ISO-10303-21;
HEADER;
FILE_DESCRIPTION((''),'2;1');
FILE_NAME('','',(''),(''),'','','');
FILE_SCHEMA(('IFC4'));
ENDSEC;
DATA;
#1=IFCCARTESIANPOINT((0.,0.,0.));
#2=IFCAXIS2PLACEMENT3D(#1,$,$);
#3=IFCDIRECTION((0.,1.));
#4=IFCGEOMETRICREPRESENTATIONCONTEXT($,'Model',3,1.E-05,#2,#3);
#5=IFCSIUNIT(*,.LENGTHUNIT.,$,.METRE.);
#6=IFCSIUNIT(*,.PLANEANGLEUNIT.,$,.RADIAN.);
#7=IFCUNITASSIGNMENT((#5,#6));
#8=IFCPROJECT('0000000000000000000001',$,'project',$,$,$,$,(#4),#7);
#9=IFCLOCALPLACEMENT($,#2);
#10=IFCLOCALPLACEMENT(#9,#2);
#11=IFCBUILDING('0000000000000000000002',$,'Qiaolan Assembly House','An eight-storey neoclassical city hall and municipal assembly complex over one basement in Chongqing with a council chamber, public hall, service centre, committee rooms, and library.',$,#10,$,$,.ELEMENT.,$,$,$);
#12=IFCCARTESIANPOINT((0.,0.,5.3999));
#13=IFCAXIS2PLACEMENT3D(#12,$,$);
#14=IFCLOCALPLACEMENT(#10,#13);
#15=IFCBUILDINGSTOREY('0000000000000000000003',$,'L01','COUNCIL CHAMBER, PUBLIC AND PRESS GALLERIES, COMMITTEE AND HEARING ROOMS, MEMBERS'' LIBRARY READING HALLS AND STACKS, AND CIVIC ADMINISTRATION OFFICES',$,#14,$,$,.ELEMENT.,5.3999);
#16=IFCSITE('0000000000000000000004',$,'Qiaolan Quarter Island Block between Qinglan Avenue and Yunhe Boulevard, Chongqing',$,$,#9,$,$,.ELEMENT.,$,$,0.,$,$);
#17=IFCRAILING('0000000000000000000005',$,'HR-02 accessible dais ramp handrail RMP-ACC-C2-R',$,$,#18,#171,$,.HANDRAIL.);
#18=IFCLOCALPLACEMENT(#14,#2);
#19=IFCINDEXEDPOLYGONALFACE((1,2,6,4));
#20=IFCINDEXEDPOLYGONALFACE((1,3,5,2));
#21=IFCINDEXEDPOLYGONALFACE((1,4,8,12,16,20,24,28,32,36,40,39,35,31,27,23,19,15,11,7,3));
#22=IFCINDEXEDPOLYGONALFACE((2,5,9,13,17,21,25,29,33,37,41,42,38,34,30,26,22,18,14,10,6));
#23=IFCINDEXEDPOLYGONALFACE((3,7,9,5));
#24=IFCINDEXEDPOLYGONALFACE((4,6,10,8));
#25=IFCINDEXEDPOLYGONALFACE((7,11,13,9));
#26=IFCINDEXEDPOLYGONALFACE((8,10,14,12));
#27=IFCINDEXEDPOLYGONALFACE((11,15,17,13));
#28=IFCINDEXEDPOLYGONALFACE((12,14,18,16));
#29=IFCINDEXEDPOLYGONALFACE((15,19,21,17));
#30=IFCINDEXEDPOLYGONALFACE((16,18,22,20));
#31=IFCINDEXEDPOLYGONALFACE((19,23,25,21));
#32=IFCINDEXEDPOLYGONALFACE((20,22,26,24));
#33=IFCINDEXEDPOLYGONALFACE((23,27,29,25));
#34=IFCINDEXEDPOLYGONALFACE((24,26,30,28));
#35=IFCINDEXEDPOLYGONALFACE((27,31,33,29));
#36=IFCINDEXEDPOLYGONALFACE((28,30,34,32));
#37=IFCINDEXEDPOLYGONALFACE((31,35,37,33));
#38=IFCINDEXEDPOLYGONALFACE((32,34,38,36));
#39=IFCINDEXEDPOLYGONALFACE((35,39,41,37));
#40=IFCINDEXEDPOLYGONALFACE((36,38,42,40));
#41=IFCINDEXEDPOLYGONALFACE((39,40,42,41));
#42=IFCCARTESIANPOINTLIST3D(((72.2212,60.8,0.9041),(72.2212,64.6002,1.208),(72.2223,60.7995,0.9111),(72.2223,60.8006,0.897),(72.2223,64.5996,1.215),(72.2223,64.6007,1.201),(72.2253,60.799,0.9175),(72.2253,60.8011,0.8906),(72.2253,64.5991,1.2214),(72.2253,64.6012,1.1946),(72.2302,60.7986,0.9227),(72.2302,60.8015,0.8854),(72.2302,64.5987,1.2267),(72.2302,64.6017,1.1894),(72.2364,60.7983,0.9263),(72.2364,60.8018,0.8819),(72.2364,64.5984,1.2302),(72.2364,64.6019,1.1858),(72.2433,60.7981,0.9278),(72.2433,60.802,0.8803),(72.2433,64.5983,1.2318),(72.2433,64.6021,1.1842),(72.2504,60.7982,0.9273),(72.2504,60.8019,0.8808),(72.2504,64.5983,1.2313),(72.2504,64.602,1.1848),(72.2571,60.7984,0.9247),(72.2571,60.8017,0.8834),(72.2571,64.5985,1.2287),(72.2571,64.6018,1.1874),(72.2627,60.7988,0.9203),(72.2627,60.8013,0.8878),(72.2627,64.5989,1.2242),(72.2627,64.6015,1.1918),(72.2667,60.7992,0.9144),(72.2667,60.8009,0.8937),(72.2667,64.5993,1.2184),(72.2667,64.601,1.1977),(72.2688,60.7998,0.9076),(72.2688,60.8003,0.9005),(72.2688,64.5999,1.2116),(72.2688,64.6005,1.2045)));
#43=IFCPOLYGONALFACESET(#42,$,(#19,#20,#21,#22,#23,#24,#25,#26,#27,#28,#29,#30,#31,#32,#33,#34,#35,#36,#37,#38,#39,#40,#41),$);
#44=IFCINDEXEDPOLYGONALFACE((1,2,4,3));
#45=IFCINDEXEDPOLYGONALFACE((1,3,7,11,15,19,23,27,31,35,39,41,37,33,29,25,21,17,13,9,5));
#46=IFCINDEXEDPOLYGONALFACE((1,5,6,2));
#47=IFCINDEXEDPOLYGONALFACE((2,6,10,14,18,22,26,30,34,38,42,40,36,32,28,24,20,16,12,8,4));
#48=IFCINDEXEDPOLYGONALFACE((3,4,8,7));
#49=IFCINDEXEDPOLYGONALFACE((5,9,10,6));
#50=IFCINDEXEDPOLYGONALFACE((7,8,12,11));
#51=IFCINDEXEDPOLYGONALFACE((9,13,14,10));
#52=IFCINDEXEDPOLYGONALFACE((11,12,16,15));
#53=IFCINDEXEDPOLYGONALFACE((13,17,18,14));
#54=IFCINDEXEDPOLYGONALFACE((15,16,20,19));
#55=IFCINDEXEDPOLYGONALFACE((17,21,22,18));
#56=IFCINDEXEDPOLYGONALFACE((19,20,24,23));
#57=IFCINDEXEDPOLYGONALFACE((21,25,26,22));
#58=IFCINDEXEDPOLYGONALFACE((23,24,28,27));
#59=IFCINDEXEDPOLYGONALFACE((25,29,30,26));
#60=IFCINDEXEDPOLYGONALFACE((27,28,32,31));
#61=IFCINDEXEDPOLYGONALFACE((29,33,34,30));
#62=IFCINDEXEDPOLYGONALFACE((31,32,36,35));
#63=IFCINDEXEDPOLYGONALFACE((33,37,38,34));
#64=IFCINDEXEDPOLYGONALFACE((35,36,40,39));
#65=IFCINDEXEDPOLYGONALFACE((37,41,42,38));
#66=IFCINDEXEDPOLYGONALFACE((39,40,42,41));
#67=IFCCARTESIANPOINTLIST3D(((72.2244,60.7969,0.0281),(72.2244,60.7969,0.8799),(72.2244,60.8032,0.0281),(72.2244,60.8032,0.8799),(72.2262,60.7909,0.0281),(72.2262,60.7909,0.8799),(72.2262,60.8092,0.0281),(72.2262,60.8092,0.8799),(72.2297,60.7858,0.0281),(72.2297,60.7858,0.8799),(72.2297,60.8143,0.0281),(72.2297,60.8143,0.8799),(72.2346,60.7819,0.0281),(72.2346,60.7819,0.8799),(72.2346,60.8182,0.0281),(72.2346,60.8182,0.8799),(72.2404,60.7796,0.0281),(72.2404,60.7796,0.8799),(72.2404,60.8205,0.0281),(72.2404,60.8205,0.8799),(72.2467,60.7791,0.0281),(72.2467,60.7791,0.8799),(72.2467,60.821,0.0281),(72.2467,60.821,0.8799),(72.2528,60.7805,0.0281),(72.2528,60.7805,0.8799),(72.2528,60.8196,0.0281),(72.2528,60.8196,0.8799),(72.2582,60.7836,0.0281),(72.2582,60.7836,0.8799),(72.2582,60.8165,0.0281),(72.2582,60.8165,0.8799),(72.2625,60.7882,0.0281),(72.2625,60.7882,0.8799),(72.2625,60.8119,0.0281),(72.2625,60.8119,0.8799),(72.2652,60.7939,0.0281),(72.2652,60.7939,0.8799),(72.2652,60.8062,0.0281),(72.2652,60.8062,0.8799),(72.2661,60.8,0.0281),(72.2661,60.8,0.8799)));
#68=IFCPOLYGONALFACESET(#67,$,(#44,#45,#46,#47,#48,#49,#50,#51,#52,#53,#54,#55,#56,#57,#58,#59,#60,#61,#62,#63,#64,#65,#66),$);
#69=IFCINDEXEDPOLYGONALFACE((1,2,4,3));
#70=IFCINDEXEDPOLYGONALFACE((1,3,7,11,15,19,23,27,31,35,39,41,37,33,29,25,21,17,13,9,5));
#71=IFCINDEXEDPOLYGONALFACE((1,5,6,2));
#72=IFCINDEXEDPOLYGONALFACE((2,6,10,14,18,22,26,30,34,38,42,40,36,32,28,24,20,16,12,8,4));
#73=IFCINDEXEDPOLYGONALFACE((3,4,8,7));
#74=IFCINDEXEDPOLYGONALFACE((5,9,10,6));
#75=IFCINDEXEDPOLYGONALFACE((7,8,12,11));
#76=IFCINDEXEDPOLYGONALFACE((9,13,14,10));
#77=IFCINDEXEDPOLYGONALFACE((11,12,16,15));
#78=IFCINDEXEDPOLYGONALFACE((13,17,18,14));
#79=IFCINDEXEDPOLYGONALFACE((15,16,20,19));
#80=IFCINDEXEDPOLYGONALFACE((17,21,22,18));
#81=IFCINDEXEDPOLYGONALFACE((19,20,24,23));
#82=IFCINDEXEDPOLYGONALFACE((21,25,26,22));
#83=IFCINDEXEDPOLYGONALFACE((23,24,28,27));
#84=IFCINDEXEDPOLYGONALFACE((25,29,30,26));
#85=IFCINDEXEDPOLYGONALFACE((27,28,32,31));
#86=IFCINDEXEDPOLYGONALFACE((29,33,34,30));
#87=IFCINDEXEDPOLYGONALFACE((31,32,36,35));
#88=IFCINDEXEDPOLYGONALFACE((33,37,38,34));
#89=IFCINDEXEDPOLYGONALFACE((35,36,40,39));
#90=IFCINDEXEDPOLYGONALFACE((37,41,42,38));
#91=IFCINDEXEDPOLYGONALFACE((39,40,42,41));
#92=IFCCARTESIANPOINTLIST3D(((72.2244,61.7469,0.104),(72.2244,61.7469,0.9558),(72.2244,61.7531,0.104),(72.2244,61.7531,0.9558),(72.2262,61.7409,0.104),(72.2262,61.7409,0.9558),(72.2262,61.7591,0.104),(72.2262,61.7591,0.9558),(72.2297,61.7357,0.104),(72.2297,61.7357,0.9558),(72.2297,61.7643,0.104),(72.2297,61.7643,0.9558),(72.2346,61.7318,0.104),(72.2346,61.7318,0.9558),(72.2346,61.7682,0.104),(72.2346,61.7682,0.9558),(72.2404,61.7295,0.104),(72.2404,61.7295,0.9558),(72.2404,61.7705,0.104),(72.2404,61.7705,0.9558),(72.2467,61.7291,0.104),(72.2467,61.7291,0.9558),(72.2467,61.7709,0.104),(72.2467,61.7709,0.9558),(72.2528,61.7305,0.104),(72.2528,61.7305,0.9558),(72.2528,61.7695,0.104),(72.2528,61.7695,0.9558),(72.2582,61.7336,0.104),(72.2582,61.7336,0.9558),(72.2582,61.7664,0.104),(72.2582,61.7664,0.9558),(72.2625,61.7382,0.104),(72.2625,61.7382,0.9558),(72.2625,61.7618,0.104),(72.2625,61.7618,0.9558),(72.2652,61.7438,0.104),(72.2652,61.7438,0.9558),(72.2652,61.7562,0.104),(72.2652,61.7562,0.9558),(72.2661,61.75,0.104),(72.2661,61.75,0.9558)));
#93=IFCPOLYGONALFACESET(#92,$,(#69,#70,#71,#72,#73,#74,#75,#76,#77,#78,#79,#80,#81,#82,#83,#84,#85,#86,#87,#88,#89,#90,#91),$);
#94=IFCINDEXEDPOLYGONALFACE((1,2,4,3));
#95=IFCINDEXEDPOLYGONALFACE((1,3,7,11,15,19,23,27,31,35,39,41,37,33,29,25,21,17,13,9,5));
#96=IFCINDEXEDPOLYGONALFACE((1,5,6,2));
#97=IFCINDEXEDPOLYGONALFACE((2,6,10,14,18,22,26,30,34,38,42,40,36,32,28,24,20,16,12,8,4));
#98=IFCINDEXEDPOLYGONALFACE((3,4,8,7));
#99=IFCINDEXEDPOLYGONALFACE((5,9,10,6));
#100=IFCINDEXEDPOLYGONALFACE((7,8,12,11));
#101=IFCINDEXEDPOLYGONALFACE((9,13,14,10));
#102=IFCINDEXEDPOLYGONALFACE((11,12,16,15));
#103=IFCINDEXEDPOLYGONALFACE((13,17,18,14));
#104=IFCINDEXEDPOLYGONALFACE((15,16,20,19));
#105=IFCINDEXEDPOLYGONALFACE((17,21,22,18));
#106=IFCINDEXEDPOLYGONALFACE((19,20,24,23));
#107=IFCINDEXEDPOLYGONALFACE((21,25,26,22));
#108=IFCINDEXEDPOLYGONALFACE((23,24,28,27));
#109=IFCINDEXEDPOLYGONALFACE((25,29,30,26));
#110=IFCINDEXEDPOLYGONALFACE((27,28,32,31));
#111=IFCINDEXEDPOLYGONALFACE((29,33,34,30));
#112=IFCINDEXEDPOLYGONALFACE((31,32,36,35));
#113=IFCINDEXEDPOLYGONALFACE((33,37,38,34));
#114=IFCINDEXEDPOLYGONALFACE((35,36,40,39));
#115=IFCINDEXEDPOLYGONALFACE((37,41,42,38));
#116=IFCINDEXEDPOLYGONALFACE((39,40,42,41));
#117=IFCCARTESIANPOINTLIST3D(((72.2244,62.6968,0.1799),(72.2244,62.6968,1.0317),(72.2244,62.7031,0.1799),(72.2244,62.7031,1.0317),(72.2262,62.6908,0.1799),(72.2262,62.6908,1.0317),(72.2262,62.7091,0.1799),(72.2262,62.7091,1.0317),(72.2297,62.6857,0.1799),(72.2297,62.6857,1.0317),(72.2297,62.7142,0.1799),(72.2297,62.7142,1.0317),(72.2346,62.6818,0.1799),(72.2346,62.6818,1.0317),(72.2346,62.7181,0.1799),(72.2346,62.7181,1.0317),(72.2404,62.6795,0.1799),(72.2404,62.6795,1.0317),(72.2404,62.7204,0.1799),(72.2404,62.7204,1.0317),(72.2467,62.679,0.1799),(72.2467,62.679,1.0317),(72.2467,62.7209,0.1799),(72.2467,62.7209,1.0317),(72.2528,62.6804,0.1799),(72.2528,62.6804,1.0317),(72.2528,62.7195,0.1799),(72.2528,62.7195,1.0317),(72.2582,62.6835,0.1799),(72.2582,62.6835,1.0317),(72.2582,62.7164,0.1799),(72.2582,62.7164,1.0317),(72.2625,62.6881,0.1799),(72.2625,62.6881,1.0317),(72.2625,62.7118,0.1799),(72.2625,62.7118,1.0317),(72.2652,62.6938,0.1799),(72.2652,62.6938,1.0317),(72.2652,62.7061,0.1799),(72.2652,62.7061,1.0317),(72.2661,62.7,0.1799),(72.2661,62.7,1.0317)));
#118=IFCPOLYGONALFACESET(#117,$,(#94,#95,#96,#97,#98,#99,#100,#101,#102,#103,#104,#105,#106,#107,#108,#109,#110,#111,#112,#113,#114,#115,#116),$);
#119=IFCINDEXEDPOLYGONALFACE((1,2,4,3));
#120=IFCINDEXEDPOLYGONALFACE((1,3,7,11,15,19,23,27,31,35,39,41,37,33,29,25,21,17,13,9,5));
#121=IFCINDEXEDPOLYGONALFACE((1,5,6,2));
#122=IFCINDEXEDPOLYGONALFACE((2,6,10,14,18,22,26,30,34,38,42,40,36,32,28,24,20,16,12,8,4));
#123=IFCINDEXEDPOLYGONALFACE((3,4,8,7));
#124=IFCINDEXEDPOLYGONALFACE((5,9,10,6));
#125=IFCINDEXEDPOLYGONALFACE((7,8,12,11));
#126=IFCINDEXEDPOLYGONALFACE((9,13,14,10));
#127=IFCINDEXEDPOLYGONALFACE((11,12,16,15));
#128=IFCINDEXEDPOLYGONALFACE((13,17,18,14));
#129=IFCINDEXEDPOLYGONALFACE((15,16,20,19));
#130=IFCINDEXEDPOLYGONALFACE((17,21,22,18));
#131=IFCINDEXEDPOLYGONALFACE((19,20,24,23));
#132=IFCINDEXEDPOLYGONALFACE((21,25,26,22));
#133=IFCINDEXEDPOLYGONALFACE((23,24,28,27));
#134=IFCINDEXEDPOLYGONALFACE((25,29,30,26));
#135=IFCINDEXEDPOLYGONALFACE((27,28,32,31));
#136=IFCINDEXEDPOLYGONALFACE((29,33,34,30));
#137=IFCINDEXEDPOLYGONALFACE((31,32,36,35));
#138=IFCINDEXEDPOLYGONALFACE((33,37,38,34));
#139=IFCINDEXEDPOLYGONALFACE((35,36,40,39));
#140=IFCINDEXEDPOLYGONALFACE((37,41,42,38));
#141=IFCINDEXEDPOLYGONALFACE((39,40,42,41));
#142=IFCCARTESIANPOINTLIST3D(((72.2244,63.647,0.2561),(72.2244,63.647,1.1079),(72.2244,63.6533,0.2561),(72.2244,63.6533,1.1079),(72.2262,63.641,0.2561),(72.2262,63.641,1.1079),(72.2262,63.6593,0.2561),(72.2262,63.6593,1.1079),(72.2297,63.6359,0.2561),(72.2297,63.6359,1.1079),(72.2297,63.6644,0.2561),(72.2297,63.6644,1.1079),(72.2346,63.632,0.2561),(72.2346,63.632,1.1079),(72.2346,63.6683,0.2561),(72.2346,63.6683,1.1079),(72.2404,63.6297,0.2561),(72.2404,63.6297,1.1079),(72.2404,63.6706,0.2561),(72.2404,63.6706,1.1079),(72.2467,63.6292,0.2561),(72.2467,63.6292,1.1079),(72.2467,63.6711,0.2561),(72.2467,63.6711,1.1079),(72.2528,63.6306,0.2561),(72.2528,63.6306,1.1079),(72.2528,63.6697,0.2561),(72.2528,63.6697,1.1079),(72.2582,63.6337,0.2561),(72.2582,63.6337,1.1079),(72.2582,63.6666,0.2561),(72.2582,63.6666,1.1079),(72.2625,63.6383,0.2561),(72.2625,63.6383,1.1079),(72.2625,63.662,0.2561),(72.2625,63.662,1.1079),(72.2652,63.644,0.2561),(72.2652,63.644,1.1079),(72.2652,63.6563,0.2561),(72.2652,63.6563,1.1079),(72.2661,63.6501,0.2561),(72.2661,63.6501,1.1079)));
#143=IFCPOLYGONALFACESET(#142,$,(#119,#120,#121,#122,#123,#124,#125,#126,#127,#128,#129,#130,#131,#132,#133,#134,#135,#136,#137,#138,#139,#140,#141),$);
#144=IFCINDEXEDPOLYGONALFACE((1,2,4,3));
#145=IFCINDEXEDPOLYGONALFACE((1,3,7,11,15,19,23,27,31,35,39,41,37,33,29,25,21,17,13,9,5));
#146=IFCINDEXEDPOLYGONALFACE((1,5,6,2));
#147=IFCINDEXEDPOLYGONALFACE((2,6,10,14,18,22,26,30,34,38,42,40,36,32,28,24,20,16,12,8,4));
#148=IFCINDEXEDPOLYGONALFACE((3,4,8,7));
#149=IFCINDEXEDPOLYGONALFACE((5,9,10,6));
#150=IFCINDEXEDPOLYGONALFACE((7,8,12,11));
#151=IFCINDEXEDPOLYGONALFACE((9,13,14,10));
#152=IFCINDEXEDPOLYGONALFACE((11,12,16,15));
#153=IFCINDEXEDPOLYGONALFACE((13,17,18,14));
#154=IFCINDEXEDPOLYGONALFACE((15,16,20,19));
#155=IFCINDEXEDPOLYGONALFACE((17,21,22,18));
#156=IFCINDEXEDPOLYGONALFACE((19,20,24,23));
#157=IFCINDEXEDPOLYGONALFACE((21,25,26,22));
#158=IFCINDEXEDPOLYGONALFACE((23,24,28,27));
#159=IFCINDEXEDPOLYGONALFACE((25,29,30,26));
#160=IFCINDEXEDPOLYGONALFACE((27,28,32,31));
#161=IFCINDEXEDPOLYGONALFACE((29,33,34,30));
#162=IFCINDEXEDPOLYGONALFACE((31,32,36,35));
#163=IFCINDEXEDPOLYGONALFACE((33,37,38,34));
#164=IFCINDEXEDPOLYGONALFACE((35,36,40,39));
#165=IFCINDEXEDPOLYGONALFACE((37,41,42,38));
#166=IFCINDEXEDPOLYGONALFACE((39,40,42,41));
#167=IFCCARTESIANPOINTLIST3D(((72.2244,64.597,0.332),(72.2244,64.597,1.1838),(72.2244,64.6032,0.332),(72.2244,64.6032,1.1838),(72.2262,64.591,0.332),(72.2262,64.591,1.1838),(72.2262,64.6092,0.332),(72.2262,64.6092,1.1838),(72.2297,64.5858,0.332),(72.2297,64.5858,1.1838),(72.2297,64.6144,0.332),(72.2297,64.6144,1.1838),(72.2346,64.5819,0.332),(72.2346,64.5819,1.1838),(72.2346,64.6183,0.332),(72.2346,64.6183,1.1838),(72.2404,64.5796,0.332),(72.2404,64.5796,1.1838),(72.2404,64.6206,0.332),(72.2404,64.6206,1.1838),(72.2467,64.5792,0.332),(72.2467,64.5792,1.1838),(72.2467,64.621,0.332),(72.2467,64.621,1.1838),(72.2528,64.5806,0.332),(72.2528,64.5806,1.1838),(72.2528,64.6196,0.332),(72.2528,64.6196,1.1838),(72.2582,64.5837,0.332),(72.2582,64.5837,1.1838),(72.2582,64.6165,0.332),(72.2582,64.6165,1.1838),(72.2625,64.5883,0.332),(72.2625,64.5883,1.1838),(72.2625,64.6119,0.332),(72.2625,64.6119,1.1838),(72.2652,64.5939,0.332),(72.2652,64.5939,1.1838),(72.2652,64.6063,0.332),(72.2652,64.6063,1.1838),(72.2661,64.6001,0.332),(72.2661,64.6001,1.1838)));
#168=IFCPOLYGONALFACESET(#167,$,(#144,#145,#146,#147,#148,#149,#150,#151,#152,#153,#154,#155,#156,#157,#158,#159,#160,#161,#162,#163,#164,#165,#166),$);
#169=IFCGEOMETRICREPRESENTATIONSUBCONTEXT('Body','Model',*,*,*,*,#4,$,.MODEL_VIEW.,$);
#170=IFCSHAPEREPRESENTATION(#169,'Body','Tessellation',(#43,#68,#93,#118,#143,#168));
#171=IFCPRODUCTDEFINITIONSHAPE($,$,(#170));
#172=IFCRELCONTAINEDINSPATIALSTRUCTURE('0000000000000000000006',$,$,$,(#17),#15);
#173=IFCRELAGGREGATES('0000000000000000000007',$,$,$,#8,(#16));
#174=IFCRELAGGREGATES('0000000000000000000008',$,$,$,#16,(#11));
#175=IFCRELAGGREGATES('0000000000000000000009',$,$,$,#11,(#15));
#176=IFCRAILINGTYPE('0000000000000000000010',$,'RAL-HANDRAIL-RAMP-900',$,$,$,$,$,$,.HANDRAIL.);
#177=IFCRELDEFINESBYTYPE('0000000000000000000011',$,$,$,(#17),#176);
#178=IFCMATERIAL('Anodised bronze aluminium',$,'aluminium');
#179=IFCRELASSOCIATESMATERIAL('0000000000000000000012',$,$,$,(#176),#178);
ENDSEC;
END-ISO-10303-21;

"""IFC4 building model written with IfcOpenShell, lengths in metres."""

from ifc_helpers import new_model, si_unit, direction, frame, origin, origin_2d, place, context, subcontext, project, spatial, circle, extrude, material, type_object, element, save


model = new_model("IFC4")

# Units and contexts
model_context = context("Model", 3, precision=1e-05, world=origin(), true_north=direction((0.0, 1.0)))
body_context = subcontext(model_context, "Body", "Model", "MODEL_VIEW")
ifc_project = project(units=[si_unit("LENGTHUNIT", "METRE"), si_unit("PLANEANGLEUNIT", "RADIAN")], contexts=[model_context])

# Site, building, storey
site_placement = place(None, origin())
site = spatial("IfcSite", under=ifc_project, at=site_placement, Name="Qiaolan Quarter Island Block between Qinglan Avenue and Yunhe Boulevard, Chongqing", CompositionType="ELEMENT", RefElevation=0.0)
building_placement = place(site_placement, origin())
building = spatial("IfcBuilding", under=site, at=building_placement, Name="Qiaolan Assembly House", Description="An eight-storey neoclassical city hall and municipal assembly complex over one basement in Chongqing with a council chamber, public hall, service centre, committee rooms, and library.", CompositionType="ELEMENT")
storey_placement = place(building_placement, frame((0.0, 0.0, 5.3999)))
storey = spatial("IfcBuildingStorey", under=building, at=storey_placement, Name="L01", Description="COUNCIL CHAMBER, PUBLIC AND PRESS GALLERIES, COMMITTEE AND HEARING ROOMS, MEMBERS' LIBRARY READING HALLS AND STACKS, AND CIVIC ADMINISTRATION OFFICES", CompositionType="ELEMENT", Elevation=5.3999)

# Railing
ifc_material_1 = material(Name="Anodised bronze aluminium", Category="aluminium")
railing_type_1 = type_object("IfcRailingType", Name="RAL-HANDRAIL-RAMP-900", PredefinedType="HANDRAIL", material=ifc_material_1)
for number, where, name in (
    (1, (72.2451, 60.8, 0.0281), "HR-02 accessible dais ramp handrail RMP-ACC-C2-R"),
):
    element("IfcRailing", number, at=place(storey_placement, frame(where)), inside=storey, type_object=railing_type_1, Name=name, PredefinedType="HANDRAIL", context=body_context, shape_type="SweptSolid", body=[
        extrude(circle(Radius=0.0239, at=origin_2d()), frame((0.0, 0.0, 0.876), z_axis=(0.0, 0.996816, 0.079732), x_axis=(-1.0, 0.0, 0.0)), (0.0, 0.0, 1.0), 3.8123),
        extrude(circle(Radius=0.021, at=origin_2d()), origin(), (0.0, 0.0, 1.0), 0.8518),
        extrude(circle(Radius=0.021, at=origin_2d()), frame((0.0, 0.95, 0.0759)), (0.0, 0.0, 1.0), 0.8518),
        extrude(circle(Radius=0.021, at=origin_2d()), frame((0.0, 1.8999, 0.1519)), (0.0, 0.0, 1.0), 0.8518),
        extrude(circle(Radius=0.021, at=origin_2d()), frame((0.0, 2.8501, 0.228)), (0.0, 0.0, 1.0), 0.8518),
        extrude(circle(Radius=0.021, at=origin_2d()), frame((0.0, 3.8, 0.304)), (0.0, 0.0, 1.0), 0.8518),
    ])

save(model, "model.ifc")
